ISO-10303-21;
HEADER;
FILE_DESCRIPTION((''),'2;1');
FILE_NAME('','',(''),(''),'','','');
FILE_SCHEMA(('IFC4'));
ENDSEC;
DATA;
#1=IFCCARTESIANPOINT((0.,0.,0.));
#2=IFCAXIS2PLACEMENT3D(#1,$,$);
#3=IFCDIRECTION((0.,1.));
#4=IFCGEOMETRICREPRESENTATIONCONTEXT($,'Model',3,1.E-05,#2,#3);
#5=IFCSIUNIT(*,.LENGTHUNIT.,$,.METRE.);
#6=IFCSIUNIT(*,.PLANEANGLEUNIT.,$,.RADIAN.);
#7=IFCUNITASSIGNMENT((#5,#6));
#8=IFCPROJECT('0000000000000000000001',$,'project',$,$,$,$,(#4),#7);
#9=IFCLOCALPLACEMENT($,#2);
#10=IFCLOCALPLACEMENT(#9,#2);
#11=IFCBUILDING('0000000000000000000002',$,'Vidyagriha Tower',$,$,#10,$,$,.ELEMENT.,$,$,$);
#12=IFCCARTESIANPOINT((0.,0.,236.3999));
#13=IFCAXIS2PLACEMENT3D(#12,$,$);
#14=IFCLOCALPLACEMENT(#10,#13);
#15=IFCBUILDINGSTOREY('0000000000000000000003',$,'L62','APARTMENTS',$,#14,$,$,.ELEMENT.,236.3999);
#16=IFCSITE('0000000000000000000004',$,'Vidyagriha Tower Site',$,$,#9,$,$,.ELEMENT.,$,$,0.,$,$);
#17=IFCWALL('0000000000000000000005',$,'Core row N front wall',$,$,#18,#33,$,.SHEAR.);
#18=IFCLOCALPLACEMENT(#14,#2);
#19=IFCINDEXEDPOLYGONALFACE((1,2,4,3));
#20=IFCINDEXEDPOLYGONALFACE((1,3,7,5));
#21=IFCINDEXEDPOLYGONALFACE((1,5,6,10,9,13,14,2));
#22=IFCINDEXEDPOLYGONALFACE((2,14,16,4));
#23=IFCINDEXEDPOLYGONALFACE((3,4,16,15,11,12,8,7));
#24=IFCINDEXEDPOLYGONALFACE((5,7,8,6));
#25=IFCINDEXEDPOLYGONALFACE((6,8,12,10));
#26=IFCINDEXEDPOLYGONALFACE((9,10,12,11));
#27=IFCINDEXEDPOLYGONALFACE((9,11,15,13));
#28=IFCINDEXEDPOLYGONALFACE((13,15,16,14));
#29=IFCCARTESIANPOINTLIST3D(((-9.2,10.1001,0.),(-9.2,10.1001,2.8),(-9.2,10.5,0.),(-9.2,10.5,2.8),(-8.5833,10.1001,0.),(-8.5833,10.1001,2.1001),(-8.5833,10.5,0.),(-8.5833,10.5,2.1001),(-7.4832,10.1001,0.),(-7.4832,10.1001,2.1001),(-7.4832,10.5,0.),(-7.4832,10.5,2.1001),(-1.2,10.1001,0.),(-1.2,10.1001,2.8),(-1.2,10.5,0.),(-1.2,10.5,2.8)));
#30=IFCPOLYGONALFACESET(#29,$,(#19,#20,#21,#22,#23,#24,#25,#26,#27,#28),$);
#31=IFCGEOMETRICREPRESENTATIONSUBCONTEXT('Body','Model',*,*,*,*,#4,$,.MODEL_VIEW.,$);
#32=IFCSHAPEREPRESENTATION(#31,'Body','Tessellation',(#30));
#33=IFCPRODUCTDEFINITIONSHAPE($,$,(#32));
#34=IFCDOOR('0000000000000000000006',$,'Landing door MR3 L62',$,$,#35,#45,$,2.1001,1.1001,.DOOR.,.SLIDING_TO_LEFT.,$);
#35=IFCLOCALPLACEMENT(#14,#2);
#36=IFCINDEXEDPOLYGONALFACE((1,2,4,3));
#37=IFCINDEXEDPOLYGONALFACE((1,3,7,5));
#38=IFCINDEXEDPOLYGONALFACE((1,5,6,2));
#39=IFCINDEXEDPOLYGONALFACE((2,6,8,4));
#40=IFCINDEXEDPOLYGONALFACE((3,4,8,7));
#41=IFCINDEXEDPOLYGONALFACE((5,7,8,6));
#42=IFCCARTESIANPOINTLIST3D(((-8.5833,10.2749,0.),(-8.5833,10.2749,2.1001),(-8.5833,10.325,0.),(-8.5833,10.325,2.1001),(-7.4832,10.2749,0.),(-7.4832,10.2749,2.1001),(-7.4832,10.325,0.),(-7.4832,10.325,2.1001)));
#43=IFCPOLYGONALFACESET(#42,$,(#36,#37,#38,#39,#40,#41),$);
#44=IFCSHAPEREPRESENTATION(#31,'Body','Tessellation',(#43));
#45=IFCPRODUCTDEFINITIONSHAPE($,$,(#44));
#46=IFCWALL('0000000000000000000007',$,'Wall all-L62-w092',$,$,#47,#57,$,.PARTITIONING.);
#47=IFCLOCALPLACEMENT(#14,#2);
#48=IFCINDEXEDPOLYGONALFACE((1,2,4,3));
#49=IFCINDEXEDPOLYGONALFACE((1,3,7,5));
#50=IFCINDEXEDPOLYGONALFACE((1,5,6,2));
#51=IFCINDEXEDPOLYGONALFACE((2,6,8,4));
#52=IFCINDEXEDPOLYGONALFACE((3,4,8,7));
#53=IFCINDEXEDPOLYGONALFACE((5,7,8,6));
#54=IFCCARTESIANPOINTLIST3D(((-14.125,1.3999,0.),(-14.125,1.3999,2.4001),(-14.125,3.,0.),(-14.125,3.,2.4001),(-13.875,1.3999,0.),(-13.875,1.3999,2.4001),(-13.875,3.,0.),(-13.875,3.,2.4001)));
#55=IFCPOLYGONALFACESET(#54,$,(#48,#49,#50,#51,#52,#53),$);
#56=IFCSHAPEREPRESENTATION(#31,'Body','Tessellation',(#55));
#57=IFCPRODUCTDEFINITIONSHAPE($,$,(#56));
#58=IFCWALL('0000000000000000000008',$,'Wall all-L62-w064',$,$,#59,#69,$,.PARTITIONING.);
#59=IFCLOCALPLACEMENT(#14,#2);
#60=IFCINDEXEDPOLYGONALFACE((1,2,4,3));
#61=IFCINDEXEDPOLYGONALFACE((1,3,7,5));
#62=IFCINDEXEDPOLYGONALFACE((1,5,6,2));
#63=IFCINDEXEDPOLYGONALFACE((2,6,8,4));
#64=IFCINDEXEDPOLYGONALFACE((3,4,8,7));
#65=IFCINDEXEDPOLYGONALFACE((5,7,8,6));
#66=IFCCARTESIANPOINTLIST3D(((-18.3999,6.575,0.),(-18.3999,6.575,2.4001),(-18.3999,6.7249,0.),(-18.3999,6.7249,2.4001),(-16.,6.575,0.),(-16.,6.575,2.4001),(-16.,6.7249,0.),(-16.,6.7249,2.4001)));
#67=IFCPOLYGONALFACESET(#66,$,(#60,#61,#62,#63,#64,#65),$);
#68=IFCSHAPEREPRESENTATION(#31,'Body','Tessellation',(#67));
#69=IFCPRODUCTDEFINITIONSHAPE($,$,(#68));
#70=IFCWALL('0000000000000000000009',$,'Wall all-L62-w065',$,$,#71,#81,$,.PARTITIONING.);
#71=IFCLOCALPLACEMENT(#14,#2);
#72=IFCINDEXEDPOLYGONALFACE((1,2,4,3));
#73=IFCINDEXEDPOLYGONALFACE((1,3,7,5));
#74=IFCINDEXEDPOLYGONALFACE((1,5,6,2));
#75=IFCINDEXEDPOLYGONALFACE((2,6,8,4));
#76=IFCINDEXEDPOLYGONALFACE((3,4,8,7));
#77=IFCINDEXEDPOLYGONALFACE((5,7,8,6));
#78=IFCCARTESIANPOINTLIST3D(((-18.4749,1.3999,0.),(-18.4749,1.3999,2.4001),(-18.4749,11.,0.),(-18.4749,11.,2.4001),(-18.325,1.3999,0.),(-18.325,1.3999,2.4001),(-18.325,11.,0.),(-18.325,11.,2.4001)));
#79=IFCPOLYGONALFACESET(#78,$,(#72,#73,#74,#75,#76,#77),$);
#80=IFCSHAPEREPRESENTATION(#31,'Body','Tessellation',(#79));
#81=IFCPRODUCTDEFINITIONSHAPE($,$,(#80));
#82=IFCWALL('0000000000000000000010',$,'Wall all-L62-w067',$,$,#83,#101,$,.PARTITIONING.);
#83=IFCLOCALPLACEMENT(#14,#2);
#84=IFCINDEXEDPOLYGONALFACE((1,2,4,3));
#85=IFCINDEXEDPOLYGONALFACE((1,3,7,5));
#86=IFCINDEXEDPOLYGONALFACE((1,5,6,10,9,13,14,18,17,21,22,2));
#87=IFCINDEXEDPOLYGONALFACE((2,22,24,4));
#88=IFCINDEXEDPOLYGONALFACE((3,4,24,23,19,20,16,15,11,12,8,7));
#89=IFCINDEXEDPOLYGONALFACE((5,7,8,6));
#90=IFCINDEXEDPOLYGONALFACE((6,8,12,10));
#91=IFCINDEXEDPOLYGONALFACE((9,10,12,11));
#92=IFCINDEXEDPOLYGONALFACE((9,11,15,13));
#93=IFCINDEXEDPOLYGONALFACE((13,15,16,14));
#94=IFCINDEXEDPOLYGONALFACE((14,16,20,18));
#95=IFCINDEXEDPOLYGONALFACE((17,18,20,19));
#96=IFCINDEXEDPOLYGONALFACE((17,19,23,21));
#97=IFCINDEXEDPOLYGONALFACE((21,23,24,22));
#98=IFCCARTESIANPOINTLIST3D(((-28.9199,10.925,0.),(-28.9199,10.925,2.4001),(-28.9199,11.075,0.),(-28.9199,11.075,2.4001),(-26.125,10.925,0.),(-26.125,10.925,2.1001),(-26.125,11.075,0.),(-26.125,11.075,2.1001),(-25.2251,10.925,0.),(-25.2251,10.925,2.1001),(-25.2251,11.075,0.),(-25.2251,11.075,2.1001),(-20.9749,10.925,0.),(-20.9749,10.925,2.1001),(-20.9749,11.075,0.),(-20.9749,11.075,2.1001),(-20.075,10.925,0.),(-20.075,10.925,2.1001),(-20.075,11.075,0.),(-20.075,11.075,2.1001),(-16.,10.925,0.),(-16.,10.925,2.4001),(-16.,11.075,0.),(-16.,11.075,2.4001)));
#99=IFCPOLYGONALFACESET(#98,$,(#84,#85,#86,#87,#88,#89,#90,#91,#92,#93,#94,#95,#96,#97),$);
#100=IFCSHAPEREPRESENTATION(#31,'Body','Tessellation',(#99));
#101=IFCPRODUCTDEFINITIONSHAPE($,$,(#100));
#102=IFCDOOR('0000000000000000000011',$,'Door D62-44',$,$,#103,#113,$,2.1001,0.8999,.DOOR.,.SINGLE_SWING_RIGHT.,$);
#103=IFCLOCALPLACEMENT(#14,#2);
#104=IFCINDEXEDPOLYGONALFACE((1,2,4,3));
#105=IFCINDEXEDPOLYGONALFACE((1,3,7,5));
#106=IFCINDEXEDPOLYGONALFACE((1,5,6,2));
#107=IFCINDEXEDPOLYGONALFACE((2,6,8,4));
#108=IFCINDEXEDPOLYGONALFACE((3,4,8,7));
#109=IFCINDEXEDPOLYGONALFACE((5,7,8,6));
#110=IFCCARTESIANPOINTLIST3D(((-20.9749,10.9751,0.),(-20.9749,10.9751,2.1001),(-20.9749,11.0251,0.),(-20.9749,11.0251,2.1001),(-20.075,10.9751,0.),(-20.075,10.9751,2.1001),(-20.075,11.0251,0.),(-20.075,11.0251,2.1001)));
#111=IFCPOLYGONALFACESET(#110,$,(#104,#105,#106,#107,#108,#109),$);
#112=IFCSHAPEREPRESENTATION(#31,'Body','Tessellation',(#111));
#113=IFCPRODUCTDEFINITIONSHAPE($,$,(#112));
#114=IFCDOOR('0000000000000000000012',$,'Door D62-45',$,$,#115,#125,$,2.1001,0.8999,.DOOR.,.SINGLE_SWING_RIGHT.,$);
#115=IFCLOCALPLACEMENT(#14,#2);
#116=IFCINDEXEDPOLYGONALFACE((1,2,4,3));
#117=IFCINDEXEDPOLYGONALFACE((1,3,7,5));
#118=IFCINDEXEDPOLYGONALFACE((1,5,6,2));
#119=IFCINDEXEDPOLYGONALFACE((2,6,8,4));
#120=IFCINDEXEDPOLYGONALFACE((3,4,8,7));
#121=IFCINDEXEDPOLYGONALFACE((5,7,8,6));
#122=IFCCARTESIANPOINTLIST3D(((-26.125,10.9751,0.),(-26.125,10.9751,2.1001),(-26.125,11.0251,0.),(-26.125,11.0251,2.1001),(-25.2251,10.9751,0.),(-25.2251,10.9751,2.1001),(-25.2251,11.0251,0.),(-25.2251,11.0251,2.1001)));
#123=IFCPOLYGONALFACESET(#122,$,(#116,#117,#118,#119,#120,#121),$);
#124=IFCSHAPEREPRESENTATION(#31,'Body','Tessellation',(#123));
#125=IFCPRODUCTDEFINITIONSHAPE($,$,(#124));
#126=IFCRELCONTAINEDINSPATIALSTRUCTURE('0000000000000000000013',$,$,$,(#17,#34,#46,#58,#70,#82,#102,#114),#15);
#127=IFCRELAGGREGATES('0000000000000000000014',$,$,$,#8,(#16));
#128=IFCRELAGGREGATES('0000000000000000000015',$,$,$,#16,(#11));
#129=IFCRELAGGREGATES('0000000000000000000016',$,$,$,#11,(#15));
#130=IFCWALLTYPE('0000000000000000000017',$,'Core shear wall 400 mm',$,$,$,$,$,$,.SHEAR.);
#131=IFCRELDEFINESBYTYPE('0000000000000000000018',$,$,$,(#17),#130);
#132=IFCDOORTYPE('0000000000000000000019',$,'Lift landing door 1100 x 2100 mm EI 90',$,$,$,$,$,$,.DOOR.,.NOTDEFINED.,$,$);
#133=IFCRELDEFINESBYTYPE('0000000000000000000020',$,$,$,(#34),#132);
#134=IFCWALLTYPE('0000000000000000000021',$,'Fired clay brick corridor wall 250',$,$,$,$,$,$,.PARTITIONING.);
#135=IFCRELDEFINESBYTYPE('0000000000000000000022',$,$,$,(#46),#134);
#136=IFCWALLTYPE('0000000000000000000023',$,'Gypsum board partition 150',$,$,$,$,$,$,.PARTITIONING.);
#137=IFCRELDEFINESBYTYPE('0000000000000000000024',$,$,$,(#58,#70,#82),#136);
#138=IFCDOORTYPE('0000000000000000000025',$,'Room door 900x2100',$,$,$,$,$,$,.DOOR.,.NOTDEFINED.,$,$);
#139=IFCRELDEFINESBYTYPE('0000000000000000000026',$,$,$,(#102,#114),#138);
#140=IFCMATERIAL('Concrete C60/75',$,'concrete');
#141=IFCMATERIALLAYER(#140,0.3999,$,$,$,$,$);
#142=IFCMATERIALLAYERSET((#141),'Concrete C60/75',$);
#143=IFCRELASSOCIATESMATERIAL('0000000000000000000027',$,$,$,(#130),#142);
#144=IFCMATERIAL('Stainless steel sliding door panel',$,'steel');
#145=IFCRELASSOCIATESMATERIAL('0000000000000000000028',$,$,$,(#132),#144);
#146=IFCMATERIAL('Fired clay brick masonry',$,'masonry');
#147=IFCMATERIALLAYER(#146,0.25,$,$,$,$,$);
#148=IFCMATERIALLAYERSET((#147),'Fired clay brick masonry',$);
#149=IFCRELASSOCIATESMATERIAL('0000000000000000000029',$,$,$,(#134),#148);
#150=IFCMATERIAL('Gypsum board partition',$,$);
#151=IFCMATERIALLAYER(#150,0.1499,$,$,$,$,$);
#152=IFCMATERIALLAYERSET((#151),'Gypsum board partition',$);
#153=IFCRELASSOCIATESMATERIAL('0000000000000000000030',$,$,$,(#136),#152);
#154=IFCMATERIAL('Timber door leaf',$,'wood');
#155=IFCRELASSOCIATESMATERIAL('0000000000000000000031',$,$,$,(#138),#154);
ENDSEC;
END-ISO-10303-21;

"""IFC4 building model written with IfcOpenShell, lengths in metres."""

from ifc_helpers import new_model, si_unit, direction, frame, frame_2d, origin, place, context, subcontext, project, spatial, rectangle, extrude, material, layer, layer_set, type_object, element, fill, save


model = new_model("IFC4")

# Units and contexts
model_context = context("Model", 3, precision=1e-05, world=origin(), true_north=direction((0.0, 1.0)))
body_context = subcontext(model_context, "Body", "Model", "MODEL_VIEW")
ifc_project = project(units=[si_unit("LENGTHUNIT", "METRE"), si_unit("PLANEANGLEUNIT", "RADIAN")], contexts=[model_context])

# Site, building, storey
site_placement = place(None, origin())
site = spatial("IfcSite", under=ifc_project, at=site_placement, Name="Vidyagriha Tower Site", CompositionType="ELEMENT", RefElevation=0.0)
building_placement = place(site_placement, origin())
building = spatial("IfcBuilding", under=site, at=building_placement, Name="Vidyagriha Tower", CompositionType="ELEMENT")
storey_placement = place(building_placement, frame((0.0, 0.0, 236.3999)))
storey = spatial("IfcBuildingStorey", under=building, at=storey_placement, Name="L62", Description="APARTMENTS", CompositionType="ELEMENT", Elevation=236.3999)

# Shared definitions
ifc_material_1 = material(Name="Concrete C60/75", Category="concrete")
ifc_layer_1 = layer(ifc_material_1, 0.3999)
ifc_layer_set_1 = layer_set([ifc_layer_1], Name="Concrete C60/75")
wall_type_1 = type_object("IfcWallType", Name="Core shear wall 400 mm", PredefinedType="SHEAR", material=ifc_layer_set_1)

# Shared definitions
ifc_material_2 = material(Name="Stainless steel sliding door panel", Category="steel")
door_type_1 = type_object("IfcDoorType", Name="Lift landing door 1100 x 2100 mm EI 90", OperationType="NOTDEFINED", PredefinedType="DOOR", material=ifc_material_2)

# Wall, opening, door
wall_1_placement = place(storey_placement, frame((-9.2, 10.3, 0.0)))
wall_1 = element("IfcWall", 1, at=wall_1_placement, inside=storey, type_object=wall_type_1, Name="Core row N front wall", PredefinedType="SHEAR", context=body_context, shape_type="SweptSolid", body=[
    extrude(rectangle(XDim=8.0, YDim=0.3999, at=frame_2d((4.0, 0.0))), origin(), (0.0, 0.0, 1.0), 2.8),
])
opening_1_placement = place(wall_1_placement, frame((0.6167, 0.0, 0.0)))
opening_1 = element("IfcOpeningElement", 2, at=opening_1_placement, cuts=wall_1, PredefinedType="OPENING", context=body_context, shape_type="SweptSolid", body=[
    extrude(rectangle(XDim=1.1001, YDim=2.1001, at=frame_2d((0.55, 1.05))), frame((0.0, 0.21, 0.0), z_axis=(0.0, -1.0, 0.0), x_axis=(1.0, 0.0, 0.0)), (0.0, 0.0, 1.0), 0.4199),
])
door_1_placement = place(opening_1_placement, origin())
door_1 = element("IfcDoor", 3, at=door_1_placement, inside=storey, type_object=door_type_1, Name="Landing door MR3 L62", OperationType="SLIDING_TO_LEFT", OverallHeight=2.1001, OverallWidth=1.1001, PredefinedType="DOOR", context=body_context, shape_type="SweptSolid", body=[
    extrude(rectangle(XDim=1.1001, YDim=2.1001, at=frame_2d((0.55, 1.05))), frame((0.0, 0.0249, 0.0), z_axis=(0.0, -1.0, 0.0), x_axis=(1.0, 0.0, 0.0)), (0.0, 0.0, 1.0), 0.05),
])
fill(opening_1, door_1)

# Walls
ifc_material_3 = material(Name="Fired clay brick masonry", Category="masonry")
ifc_layer_2 = layer(ifc_material_3, 0.25)
ifc_layer_set_2 = layer_set([ifc_layer_2], Name="Fired clay brick masonry")
wall_type_2 = type_object("IfcWallType", Name="Fired clay brick corridor wall 250", PredefinedType="PARTITIONING", material=ifc_layer_set_2)
wall_2_placement = place(storey_placement, frame((-14.0, 3.0, 0.0), z_axis=(0.0, 0.0, 1.0), x_axis=(0.0, -1.0, 0.0)))
element("IfcWall", 4, at=wall_2_placement, inside=storey, type_object=wall_type_2, Name="Wall all-L62-w092", PredefinedType="PARTITIONING", context=body_context, shape_type="SweptSolid", body=[
    extrude(rectangle(XDim=1.6001, YDim=0.25, at=frame_2d((0.8, 0.0))), origin(), (0.0, 0.0, 1.0), 2.4001),
])
ifc_material_4 = material(Name="Gypsum board partition")
ifc_layer_3 = layer(ifc_material_4, 0.1499)
ifc_layer_set_3 = layer_set([ifc_layer_3], Name="Gypsum board partition")
wall_type_3 = type_object("IfcWallType", Name="Gypsum board partition 150", PredefinedType="PARTITIONING", material=ifc_layer_set_3)
wall_3_placement = place(storey_placement, frame((-18.3999, 6.6499, 0.0)))
element("IfcWall", 5, at=wall_3_placement, inside=storey, type_object=wall_type_3, Name="Wall all-L62-w064", PredefinedType="PARTITIONING", context=body_context, shape_type="SweptSolid", body=[
    extrude(rectangle(XDim=2.3999, YDim=0.1499, at=frame_2d((1.2, 0.0))), origin(), (0.0, 0.0, 1.0), 2.4001),
])
wall_4_placement = place(storey_placement, frame((-18.3999, 1.3999, 0.0), z_axis=(0.0, 0.0, 1.0), x_axis=(0.0, 1.0, 0.0)))
element("IfcWall", 6, at=wall_4_placement, inside=storey, type_object=wall_type_3, Name="Wall all-L62-w065", PredefinedType="PARTITIONING", context=body_context, shape_type="SweptSolid", body=[
    extrude(rectangle(XDim=9.6001, YDim=0.1499, at=frame_2d((4.8, 0.0))), origin(), (0.0, 0.0, 1.0), 2.4001),
])

# Wall, openings, doors
wall_5_placement = place(storey_placement, frame((-16.0, 11.0, 0.0), z_axis=(0.0, 0.0, 1.0), x_axis=(-1.0, 0.0, 0.0)))
wall_5 = element("IfcWall", 7, at=wall_5_placement, inside=storey, type_object=wall_type_3, Name="Wall all-L62-w067", PredefinedType="PARTITIONING", context=body_context, shape_type="SweptSolid", body=[
    extrude(rectangle(XDim=12.9199, YDim=0.1499, at=frame_2d((6.46, 0.0))), origin(), (0.0, 0.0, 1.0), 2.4001),
])
opening_2_placement = place(wall_5_placement, frame((4.075, 0.0, 0.0)))
opening_2 = element("IfcOpeningElement", 8, at=opening_2_placement, cuts=wall_5, PredefinedType="OPENING", context=body_context, shape_type="SweptSolid", body=[
    extrude(rectangle(XDim=0.8999, YDim=2.1001, at=frame_2d((0.45, 1.05))), frame((0.0, 0.085, 0.0), z_axis=(0.0, -1.0, 0.0), x_axis=(1.0, 0.0, 0.0)), (0.0, 0.0, 1.0), 0.1699),
])
opening_3_placement = place(wall_5_placement, frame((9.2251, 0.0, 0.0)))
opening_3 = element("IfcOpeningElement", 9, at=opening_3_placement, cuts=wall_5, PredefinedType="OPENING", context=body_context, shape_type="SweptSolid", body=[
    extrude(rectangle(XDim=0.8999, YDim=2.1001, at=frame_2d((0.45, 1.05))), frame((0.0, 0.085, 0.0), z_axis=(0.0, -1.0, 0.0), x_axis=(1.0, 0.0, 0.0)), (0.0, 0.0, 1.0), 0.1699),
])
ifc_material_5 = material(Name="Timber door leaf", Category="wood")
door_type_2 = type_object("IfcDoorType", Name="Room door 900x2100", OperationType="NOTDEFINED", PredefinedType="DOOR", material=ifc_material_5)
door_2_placement = place(opening_2_placement, origin())
door_2 = element("IfcDoor", 10, at=door_2_placement, inside=storey, type_object=door_type_2, Name="Door D62-44", OperationType="SINGLE_SWING_RIGHT", OverallHeight=2.1001, OverallWidth=0.8999, PredefinedType="DOOR", context=body_context, shape_type="SweptSolid", body=[
    extrude(rectangle(XDim=0.8999, YDim=2.1001, at=frame_2d((0.45, 1.05))), frame((0.0, 0.0249, 0.0), z_axis=(0.0, -1.0, 0.0), x_axis=(1.0, 0.0, 0.0)), (0.0, 0.0, 1.0), 0.05),
])
fill(opening_2, door_2)
door_3_placement = place(opening_3_placement, origin())
door_3 = element("IfcDoor", 11, at=door_3_placement, inside=storey, type_object=door_type_2, Name="Door D62-45", OperationType="SINGLE_SWING_RIGHT", OverallHeight=2.1001, OverallWidth=0.8999, PredefinedType="DOOR", context=body_context, shape_type="SweptSolid", body=[
    extrude(rectangle(XDim=0.8999, YDim=2.1001, at=frame_2d((0.45, 1.05))), frame((0.0, 0.0249, 0.0), z_axis=(0.0, -1.0, 0.0), x_axis=(1.0, 0.0, 0.0)), (0.0, 0.0, 1.0), 0.05),
])
fill(opening_3, door_3)

save(model, "model.ifc")
